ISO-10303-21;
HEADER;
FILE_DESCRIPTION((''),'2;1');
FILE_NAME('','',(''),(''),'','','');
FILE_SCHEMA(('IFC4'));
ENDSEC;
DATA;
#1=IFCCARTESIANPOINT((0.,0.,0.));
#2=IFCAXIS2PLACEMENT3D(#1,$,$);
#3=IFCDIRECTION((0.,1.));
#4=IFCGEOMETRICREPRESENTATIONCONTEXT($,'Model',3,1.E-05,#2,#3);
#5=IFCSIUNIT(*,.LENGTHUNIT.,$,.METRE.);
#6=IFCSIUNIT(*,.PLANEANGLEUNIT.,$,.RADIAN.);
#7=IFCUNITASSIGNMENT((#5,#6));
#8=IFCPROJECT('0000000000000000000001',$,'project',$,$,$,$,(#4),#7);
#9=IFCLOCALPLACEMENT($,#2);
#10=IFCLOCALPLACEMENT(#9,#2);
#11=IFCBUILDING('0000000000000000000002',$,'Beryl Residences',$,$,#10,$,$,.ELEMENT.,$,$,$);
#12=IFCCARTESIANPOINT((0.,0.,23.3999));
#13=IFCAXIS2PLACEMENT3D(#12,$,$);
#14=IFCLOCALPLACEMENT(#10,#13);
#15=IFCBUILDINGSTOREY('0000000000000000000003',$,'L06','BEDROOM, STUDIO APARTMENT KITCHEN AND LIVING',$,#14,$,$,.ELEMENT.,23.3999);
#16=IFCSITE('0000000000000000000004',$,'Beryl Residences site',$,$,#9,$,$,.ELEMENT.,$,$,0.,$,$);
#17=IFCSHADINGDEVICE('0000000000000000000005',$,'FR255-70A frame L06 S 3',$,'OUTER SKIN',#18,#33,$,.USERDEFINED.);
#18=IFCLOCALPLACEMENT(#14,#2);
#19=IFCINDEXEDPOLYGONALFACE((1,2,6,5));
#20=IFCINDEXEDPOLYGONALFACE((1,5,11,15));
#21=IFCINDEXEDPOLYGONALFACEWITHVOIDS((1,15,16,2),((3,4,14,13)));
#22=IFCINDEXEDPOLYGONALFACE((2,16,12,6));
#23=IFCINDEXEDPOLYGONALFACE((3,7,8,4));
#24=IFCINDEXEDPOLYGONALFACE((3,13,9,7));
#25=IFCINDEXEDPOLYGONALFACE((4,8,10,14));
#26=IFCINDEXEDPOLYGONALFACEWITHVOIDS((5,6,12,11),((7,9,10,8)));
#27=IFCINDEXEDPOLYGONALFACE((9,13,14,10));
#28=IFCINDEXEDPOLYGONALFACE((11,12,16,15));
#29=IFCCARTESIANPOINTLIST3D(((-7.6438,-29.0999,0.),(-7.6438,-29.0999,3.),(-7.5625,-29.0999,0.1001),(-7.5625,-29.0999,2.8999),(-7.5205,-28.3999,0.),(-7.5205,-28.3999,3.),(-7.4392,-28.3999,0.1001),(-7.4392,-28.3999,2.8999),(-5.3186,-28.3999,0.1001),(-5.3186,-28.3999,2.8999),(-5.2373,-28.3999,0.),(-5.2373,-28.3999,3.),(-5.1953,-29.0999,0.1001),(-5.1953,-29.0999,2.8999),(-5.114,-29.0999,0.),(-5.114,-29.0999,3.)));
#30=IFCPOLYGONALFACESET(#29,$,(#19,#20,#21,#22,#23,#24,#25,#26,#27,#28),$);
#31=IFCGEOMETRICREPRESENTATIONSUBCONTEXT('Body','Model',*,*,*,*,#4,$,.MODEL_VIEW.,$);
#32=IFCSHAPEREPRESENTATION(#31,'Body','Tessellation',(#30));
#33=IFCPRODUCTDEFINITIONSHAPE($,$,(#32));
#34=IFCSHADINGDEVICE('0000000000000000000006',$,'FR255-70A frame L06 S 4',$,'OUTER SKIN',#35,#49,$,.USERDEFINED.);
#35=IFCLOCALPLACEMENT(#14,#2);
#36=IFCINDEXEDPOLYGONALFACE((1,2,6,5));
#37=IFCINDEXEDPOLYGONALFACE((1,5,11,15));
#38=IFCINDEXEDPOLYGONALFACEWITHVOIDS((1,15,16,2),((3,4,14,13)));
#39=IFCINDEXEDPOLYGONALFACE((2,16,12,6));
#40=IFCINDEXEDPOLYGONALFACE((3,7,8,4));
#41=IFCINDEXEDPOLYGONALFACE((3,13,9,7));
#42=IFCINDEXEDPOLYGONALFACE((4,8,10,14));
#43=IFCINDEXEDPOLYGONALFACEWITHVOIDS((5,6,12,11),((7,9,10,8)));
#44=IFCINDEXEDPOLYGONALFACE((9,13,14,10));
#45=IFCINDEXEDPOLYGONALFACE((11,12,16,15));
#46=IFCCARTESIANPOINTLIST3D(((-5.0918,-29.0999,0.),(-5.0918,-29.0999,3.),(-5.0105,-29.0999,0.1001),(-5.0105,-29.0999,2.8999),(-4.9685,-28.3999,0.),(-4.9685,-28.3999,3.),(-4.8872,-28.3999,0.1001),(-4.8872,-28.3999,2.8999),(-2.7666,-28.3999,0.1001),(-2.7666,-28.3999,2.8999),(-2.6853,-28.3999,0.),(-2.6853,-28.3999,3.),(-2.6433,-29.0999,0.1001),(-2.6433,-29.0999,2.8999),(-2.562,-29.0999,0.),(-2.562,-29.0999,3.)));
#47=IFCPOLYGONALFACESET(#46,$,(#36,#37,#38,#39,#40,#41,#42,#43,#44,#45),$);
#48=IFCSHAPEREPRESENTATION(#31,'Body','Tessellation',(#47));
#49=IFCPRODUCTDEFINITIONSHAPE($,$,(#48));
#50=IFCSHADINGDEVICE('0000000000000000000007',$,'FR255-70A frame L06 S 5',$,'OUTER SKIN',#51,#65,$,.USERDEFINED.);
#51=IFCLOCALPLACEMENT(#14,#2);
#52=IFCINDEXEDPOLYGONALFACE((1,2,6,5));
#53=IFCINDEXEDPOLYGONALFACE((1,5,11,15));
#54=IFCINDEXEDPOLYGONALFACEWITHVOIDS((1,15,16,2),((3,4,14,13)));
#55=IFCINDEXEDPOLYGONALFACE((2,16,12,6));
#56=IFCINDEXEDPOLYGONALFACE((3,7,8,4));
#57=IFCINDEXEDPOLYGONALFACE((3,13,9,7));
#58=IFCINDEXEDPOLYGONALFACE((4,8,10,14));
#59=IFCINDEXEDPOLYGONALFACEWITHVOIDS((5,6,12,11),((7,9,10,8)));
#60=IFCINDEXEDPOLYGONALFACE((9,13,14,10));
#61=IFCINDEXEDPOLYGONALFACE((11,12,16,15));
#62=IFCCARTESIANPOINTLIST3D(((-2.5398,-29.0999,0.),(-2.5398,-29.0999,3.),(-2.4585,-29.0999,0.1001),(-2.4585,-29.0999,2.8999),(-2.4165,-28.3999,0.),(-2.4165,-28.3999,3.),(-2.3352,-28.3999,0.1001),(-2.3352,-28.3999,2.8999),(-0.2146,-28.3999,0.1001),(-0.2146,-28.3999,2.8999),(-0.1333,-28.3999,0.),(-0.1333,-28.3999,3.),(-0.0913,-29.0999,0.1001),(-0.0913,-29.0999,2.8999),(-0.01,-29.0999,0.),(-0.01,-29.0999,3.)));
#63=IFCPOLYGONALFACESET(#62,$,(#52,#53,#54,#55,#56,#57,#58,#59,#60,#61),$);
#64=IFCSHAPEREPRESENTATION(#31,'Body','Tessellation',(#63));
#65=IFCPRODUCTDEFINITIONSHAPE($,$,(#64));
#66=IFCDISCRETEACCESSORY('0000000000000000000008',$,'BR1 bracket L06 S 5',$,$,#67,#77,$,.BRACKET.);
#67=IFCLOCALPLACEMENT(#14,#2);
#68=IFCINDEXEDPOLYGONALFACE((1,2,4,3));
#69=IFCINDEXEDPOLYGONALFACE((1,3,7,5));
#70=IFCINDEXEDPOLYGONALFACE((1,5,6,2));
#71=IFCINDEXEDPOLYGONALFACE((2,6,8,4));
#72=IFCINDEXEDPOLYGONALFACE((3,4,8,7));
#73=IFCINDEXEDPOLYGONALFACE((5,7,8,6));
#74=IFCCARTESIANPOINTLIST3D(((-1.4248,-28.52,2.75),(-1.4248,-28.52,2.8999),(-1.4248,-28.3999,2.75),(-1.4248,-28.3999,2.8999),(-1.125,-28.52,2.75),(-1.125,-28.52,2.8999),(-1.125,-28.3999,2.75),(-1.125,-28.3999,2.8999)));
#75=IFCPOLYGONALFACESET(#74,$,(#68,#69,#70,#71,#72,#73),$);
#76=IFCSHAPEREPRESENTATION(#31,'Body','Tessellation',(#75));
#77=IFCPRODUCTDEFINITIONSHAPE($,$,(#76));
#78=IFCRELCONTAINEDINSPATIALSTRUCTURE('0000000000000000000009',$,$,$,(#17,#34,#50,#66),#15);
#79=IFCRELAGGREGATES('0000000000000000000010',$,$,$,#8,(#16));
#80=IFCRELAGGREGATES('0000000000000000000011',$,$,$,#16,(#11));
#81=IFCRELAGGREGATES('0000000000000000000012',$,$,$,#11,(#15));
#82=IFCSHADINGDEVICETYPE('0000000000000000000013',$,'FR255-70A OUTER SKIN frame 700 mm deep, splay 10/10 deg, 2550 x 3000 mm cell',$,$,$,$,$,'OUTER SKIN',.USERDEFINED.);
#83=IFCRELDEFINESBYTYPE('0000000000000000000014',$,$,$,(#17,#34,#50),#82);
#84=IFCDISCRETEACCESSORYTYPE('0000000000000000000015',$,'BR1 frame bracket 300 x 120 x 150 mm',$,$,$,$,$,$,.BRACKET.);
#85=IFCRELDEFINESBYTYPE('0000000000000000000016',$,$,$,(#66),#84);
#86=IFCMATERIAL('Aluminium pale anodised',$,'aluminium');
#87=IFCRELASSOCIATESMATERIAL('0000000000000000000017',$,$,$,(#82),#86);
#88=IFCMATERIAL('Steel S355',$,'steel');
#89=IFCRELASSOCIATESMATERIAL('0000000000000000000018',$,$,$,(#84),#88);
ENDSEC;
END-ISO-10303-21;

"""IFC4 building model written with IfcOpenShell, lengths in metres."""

from ifc_helpers import new_model, entity, si_unit, direction, frame, origin, place, context, subcontext, project, spatial, polyline, outline, extrude, source, transform, mapped, material, type_object, type_shapes, element, save


model = new_model("IFC4")

# Units and contexts
model_context = context("Model", 3, precision=1e-05, world=origin(), true_north=direction((0.0, 1.0)))
body_context = subcontext(model_context, "Body", "Model", "MODEL_VIEW")
ifc_project = project(units=[si_unit("LENGTHUNIT", "METRE"), si_unit("PLANEANGLEUNIT", "RADIAN")], contexts=[model_context])

# Site, building, storey
site_placement = place(None, origin())
site = spatial("IfcSite", under=ifc_project, at=site_placement, Name="Beryl Residences site", CompositionType="ELEMENT", RefElevation=0.0)
building_placement = place(site_placement, origin())
building = spatial("IfcBuilding", under=site, at=building_placement, Name="Beryl Residences", CompositionType="ELEMENT")
storey_placement = place(building_placement, frame((0.0, 0.0, 23.3999)))
storey = spatial("IfcBuildingStorey", under=building, at=storey_placement, Name="L06", Description="BEDROOM, STUDIO APARTMENT KITCHEN AND LIVING", CompositionType="ELEMENT", Elevation=23.3999)

# Shading devices
ifc_material_1 = material(Name="Aluminium pale anodised", Category="aluminium")
shading_device_type = type_object("IfcShadingDeviceType", Name="FR255-70A OUTER SKIN frame 700 mm deep, splay 10/10 deg, 2550 x 3000 mm cell", ElementType="OUTER SKIN", PredefinedType="USERDEFINED", material=ifc_material_1)
cartesian_point_1 = entity("IfcCartesianPoint", [-1.1416, 0.0])
cartesian_point_2 = entity("IfcCartesianPoint", [-1.0603, 0.1001])
cartesian_point_3 = entity("IfcCartesianPoint", [-1.2649, 0.0])
cartesian_point_4 = entity("IfcCartesianPoint", [-1.1836, 0.1001])
shared_shape_1 = source(origin(), body_context, "Body", "SweptSolid", [
    entity("IfcExtrudedAreaSolidTapered", entity("IfcArbitraryProfileDefWithVoids", "AREA", None, entity("IfcPolyline", [cartesian_point_1, entity("IfcCartesianPoint", [1.1416, 0.0]), entity("IfcCartesianPoint", [1.1416, 3.0]), entity("IfcCartesianPoint", [-1.1416, 3.0]), cartesian_point_1]), [entity("IfcPolyline", [cartesian_point_2, entity("IfcCartesianPoint", [1.0603, 0.1001]), entity("IfcCartesianPoint", [1.0603, 2.8999]), entity("IfcCartesianPoint", [-1.0603, 2.8999]), cartesian_point_2])]), entity("IfcAxis2Placement3D", entity("IfcCartesianPoint", [0.0, 0.0, 0.0]), entity("IfcDirection", [0.0, 1.0, 0.0]), entity("IfcDirection", [-1.0, 0.0, 0.0])), entity("IfcDirection", [0.0, 0.0, 1.0]), 0.7, entity("IfcArbitraryProfileDefWithVoids", "AREA", None, entity("IfcPolyline", [cartesian_point_3, entity("IfcCartesianPoint", [1.2649, 0.0]), entity("IfcCartesianPoint", [1.2649, 3.0]), entity("IfcCartesianPoint", [-1.2649, 3.0]), cartesian_point_3]), [entity("IfcPolyline", [cartesian_point_4, entity("IfcCartesianPoint", [1.1836, 0.1001]), entity("IfcCartesianPoint", [1.1836, 2.8999]), entity("IfcCartesianPoint", [-1.1836, 2.8999]), cartesian_point_4])])),
])
type_shapes(shading_device_type, [shared_shape_1])
for number, where, z_axis, x_axis, name in (
    (1, (-6.3789, -28.3999, 0.0), (0.0, 0.0, 1.0), (-1.0, 0.0, 0.0), "FR255-70A frame L06 S 3"),
    (2, (-3.8269, -28.3999, 0.0), (0.0, 0.0, 1.0), (-1.0, 0.0, 0.0), "FR255-70A frame L06 S 4"),
    (3, (-1.2749, -28.3999, 0.0), (0.0, 0.0, 1.0), (-1.0, 0.0, 0.0), "FR255-70A frame L06 S 5"),
):
    element("IfcShadingDevice", number, at=place(storey_placement, frame(where, z_axis=z_axis, x_axis=x_axis)), inside=storey, type_object=shading_device_type, Name=name, ObjectType="OUTER SKIN", PredefinedType="USERDEFINED", context=body_context, shape_type="MappedRepresentation", body=[
        mapped(shared_shape_1, transform((0.0, 0.0, 0.0))),
    ])

# Discrete accessory
ifc_material_2 = material(Name="Steel S355", Category="steel")
discrete_accessory_type = type_object("IfcDiscreteAccessoryType", Name="BR1 frame bracket 300 x 120 x 150 mm", PredefinedType="BRACKET", material=ifc_material_2)
shared_shape_2 = source(origin(), body_context, "Body", "SweptSolid", [
    extrude(outline(polyline([(-0.1499, 0.0), (0.1499, 0.0), (0.1499, 0.1201), (-0.1499, 0.1201), (-0.1499, 0.0)])), origin(), (0.0, 0.0, 1.0), 0.1499),
])
type_shapes(discrete_accessory_type, [shared_shape_2])
discrete_accessory_placement = place(storey_placement, frame((-1.2749, -28.3999, 2.75), z_axis=(0.0, 0.0, 1.0), x_axis=(-1.0, 0.0, 0.0)))
element("IfcDiscreteAccessory", 4, at=discrete_accessory_placement, inside=storey, type_object=discrete_accessory_type, Name="BR1 bracket L06 S 5", PredefinedType="BRACKET", context=body_context, shape_type="MappedRepresentation", body=[
    mapped(shared_shape_2, transform((0.0, 0.0, 0.0))),
])

save(model, "model.ifc")
